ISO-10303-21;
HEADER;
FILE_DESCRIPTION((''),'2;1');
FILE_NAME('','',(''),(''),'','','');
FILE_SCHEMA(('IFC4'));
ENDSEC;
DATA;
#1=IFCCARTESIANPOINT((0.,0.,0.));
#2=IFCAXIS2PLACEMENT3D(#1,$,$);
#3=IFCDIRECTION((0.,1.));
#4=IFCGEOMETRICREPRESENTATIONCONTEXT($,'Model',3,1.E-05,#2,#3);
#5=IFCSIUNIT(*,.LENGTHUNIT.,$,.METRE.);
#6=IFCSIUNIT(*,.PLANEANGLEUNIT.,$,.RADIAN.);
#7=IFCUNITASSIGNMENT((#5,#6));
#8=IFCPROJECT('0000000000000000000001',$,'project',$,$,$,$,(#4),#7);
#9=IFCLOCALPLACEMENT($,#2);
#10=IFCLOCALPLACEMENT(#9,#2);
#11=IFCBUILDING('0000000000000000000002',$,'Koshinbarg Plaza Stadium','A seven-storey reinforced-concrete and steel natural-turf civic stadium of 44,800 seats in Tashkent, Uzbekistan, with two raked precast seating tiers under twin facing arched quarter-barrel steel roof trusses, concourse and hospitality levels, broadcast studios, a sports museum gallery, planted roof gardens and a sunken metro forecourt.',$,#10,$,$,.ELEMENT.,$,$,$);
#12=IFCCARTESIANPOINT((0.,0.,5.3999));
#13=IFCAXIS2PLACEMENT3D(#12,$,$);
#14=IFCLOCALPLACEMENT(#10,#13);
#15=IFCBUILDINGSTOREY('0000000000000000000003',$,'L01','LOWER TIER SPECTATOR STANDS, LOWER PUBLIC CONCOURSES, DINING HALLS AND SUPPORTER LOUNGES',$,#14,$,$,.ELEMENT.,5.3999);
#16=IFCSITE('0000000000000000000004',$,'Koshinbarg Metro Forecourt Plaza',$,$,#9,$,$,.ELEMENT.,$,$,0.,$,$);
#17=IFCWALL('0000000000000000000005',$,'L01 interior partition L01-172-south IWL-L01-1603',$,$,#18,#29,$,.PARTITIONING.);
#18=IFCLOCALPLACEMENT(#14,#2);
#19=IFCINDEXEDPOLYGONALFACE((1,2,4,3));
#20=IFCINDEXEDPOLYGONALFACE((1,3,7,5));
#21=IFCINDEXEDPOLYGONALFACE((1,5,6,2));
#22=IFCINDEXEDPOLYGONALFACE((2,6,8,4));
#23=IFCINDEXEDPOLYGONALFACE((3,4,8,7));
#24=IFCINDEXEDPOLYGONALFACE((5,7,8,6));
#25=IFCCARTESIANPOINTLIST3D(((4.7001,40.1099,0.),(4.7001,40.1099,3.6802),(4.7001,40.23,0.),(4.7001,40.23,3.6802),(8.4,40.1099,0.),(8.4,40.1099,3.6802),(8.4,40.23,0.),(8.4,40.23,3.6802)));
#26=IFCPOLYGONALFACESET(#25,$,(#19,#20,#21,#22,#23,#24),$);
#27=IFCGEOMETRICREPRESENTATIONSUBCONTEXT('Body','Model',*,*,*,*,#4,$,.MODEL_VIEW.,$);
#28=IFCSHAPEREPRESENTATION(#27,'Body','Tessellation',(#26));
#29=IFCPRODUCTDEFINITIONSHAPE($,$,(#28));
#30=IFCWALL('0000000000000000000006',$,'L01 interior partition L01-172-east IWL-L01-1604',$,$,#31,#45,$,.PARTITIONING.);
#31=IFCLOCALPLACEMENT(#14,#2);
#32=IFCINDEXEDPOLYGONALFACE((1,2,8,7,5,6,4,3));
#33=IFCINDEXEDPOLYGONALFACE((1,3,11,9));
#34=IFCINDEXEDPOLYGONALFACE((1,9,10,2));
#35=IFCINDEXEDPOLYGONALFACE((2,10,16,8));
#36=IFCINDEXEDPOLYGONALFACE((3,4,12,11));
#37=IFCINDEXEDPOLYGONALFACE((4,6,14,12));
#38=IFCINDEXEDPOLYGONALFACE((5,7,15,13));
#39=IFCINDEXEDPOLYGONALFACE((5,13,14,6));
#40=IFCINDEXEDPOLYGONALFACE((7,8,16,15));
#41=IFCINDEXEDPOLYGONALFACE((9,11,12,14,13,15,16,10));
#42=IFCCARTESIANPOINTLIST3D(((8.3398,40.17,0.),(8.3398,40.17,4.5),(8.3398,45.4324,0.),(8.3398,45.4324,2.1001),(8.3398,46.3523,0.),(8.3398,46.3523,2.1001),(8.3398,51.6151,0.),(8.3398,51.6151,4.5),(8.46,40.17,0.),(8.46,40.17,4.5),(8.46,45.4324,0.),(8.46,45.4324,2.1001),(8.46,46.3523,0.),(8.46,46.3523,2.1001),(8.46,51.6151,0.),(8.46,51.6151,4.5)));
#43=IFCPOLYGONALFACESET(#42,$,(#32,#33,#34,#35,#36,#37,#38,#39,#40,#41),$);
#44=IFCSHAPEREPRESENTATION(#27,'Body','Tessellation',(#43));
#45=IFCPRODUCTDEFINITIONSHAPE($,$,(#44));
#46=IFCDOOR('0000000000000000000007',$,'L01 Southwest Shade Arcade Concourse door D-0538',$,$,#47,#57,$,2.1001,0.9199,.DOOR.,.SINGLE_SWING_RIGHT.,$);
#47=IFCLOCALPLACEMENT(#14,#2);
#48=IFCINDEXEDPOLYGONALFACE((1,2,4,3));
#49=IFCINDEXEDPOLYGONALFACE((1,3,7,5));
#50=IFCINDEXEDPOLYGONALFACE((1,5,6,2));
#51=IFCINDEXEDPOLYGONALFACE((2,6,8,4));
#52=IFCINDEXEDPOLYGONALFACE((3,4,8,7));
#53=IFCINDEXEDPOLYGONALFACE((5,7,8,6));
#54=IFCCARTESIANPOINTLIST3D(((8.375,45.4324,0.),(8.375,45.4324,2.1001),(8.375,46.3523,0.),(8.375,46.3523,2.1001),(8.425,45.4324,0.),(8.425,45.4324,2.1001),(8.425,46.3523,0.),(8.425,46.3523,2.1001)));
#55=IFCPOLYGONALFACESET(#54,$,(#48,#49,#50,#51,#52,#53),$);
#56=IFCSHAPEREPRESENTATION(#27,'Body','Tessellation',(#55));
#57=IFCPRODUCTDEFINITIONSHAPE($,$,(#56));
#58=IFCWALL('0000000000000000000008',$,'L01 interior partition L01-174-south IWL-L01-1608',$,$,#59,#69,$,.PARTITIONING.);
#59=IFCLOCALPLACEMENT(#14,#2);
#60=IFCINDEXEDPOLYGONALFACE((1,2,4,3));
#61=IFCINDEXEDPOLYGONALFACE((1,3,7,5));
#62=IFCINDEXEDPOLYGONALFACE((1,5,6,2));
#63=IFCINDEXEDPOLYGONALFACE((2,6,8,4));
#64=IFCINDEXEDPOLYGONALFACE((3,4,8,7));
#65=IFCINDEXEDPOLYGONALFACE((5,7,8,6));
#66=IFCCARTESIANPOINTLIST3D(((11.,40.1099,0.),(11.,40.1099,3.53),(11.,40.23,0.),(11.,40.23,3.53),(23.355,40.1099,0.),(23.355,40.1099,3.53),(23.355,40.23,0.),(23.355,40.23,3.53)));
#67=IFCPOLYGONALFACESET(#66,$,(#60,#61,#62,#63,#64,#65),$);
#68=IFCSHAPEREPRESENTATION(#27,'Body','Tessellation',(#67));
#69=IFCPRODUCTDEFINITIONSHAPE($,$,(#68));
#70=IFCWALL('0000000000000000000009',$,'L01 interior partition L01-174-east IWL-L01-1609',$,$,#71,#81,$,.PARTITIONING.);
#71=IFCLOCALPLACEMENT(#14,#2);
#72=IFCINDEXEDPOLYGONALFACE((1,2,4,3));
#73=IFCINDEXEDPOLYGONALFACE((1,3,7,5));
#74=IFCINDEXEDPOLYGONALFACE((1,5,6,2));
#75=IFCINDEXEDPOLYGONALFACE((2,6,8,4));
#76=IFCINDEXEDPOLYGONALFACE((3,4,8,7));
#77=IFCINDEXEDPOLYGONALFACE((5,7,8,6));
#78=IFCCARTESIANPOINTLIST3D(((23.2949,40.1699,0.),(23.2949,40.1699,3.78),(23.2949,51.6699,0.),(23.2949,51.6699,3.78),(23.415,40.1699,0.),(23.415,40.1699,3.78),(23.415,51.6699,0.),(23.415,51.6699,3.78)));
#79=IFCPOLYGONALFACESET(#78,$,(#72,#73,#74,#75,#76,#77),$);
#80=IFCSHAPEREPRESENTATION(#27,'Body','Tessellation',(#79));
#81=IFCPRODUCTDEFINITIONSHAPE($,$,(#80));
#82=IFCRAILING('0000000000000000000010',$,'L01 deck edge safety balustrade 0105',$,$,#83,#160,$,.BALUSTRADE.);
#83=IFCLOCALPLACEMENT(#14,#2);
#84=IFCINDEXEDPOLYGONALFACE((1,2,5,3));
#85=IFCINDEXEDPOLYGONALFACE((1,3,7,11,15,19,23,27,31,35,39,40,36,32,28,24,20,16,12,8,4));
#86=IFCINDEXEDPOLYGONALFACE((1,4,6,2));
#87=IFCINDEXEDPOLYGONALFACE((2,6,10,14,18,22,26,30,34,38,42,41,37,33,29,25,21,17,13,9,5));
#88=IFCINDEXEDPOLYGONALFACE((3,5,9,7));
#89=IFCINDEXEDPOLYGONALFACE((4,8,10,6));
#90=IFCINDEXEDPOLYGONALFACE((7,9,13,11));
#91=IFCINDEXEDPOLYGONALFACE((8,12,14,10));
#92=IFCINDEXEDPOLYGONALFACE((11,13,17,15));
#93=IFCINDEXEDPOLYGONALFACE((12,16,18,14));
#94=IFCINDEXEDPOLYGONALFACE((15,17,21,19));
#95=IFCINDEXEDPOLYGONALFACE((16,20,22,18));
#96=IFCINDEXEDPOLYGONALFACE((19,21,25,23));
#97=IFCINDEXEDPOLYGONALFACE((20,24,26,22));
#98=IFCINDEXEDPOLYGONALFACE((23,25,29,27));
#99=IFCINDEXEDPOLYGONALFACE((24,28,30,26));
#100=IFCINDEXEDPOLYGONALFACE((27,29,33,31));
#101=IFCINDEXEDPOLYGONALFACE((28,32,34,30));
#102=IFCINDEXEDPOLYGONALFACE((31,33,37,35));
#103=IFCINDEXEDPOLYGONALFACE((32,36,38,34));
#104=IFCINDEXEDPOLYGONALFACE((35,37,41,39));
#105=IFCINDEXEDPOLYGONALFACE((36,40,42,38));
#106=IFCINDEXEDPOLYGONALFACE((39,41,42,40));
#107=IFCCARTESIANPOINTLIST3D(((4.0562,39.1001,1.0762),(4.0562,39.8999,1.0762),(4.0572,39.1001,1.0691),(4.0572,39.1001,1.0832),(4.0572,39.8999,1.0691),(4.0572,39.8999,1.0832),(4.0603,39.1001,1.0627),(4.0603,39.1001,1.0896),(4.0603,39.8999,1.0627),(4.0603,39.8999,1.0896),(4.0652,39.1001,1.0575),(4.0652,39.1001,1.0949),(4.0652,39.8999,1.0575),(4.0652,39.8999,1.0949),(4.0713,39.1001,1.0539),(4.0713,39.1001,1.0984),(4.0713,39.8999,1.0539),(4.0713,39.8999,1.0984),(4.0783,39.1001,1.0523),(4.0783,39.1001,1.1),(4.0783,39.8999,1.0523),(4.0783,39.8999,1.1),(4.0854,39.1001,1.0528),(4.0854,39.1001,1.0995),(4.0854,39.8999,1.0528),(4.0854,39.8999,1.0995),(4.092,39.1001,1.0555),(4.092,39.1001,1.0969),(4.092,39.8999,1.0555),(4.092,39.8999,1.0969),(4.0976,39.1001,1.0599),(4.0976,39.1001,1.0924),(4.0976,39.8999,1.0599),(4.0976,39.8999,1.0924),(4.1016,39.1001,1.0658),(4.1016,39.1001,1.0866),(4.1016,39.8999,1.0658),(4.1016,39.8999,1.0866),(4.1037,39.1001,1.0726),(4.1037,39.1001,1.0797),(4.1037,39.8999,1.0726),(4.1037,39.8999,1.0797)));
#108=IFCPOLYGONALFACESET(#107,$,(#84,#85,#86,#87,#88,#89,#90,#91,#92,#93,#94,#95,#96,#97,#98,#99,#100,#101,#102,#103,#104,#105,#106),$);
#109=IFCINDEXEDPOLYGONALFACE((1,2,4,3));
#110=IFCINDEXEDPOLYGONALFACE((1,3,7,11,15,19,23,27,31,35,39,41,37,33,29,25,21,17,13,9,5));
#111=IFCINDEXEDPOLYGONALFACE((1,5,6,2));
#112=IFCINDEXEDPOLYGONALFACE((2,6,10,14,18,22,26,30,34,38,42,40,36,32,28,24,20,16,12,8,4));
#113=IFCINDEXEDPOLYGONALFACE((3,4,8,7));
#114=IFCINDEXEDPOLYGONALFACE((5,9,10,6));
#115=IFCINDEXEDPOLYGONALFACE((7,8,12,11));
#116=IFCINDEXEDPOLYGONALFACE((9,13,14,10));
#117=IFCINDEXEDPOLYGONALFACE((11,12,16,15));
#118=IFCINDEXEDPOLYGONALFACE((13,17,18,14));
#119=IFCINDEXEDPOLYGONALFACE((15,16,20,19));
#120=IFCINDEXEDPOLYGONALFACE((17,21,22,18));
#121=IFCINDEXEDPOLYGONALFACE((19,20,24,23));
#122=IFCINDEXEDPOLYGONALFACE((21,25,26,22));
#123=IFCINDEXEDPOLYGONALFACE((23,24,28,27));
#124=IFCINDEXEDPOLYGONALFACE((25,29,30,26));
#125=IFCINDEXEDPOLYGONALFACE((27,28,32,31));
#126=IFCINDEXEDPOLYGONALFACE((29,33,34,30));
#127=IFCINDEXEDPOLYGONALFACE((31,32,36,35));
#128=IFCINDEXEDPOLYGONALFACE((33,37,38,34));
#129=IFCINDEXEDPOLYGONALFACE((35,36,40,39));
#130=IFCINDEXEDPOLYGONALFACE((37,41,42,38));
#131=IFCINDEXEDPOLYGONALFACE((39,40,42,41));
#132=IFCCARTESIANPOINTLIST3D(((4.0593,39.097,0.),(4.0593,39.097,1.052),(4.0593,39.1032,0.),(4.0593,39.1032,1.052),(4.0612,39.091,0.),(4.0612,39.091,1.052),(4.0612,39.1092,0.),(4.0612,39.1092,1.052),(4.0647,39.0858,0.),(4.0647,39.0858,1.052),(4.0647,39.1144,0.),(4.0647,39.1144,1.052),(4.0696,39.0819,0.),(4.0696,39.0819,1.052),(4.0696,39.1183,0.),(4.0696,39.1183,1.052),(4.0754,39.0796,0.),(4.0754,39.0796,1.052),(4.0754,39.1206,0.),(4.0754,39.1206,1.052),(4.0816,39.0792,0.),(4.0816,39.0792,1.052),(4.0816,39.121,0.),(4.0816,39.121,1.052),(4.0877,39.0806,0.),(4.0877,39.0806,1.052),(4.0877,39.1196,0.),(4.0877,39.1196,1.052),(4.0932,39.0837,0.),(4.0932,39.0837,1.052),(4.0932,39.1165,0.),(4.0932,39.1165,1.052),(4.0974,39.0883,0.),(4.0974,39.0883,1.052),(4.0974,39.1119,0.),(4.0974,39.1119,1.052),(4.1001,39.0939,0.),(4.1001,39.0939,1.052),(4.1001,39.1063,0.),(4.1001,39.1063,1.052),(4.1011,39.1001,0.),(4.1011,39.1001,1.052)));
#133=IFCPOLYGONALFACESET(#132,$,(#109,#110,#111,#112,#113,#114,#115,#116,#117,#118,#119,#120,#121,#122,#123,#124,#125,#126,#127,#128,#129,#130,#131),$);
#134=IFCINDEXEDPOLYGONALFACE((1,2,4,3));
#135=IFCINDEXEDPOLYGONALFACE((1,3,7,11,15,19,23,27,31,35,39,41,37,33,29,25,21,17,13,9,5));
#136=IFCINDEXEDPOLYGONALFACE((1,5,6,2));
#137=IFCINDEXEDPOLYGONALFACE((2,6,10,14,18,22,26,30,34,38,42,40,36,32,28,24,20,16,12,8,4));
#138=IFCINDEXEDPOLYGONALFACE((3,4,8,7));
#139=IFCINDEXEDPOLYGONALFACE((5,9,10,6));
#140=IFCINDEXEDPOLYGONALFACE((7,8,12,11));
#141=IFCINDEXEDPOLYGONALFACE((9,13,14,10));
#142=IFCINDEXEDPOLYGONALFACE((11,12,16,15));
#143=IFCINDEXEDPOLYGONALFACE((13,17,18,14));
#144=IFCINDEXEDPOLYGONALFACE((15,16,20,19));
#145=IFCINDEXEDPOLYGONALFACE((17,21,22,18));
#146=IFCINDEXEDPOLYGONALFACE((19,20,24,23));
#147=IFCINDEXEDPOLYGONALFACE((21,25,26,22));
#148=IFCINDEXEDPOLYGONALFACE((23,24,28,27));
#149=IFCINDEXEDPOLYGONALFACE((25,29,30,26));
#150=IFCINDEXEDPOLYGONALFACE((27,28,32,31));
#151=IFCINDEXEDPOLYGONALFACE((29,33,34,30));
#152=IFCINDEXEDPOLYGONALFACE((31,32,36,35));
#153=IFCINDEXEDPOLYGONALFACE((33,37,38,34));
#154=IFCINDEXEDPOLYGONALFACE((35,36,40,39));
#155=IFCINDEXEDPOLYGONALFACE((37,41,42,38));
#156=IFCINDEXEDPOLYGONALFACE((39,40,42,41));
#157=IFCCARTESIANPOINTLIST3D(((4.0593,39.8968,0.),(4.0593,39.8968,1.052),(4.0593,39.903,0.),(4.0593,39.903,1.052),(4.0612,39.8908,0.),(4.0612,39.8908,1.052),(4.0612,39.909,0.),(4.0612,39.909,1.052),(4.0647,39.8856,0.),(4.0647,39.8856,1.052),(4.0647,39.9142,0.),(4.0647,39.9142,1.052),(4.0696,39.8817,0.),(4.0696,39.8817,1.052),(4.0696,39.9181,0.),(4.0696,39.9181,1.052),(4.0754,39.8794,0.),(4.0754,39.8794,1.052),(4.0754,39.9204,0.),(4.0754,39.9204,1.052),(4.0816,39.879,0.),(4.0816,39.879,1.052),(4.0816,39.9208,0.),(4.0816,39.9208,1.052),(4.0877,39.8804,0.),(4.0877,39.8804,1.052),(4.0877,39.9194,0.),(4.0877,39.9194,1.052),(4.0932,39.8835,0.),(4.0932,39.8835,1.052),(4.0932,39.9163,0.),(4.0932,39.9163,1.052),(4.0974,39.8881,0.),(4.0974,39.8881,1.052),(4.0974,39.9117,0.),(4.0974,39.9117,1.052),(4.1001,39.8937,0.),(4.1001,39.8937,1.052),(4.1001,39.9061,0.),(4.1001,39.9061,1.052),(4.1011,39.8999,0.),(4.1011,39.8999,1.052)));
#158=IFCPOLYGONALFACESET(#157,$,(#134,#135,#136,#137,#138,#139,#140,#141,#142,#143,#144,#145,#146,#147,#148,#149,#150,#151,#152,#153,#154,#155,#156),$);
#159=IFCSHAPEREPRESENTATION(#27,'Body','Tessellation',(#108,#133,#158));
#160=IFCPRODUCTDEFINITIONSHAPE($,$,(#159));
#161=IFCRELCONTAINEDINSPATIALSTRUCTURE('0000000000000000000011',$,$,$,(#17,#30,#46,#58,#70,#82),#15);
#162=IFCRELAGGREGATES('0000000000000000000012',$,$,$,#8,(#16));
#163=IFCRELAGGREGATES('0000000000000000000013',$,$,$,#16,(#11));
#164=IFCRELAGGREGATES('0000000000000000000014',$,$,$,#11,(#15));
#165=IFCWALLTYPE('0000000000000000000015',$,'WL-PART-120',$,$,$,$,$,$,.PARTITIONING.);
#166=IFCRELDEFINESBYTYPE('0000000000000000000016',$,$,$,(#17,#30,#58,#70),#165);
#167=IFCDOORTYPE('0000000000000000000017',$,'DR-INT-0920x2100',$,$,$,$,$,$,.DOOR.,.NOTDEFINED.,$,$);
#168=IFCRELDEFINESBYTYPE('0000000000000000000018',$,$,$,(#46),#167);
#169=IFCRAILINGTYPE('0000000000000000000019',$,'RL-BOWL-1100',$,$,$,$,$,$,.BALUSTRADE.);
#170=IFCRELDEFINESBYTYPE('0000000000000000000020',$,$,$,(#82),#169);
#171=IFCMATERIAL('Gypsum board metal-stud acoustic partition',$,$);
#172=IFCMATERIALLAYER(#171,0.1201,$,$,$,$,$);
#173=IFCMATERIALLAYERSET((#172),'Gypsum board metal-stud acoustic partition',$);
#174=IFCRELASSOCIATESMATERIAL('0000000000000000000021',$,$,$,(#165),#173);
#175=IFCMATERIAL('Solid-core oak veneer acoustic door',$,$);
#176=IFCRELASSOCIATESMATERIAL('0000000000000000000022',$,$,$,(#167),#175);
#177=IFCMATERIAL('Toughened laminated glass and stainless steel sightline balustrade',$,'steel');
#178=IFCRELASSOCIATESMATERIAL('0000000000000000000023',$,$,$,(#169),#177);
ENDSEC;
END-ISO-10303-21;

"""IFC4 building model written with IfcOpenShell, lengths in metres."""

from ifc_helpers import new_model, si_unit, direction, frame, frame_2d, origin, origin_2d, place, context, subcontext, project, spatial, rectangle, circle, extrude, material, layer, layer_set, type_object, element, fill, save


model = new_model("IFC4")

# Units and contexts
model_context = context("Model", 3, precision=1e-05, world=origin(), true_north=direction((0.0, 1.0)))
body_context = subcontext(model_context, "Body", "Model", "MODEL_VIEW")
ifc_project = project(units=[si_unit("LENGTHUNIT", "METRE"), si_unit("PLANEANGLEUNIT", "RADIAN")], contexts=[model_context])

# Site, building, storey
site_placement = place(None, origin())
site = spatial("IfcSite", under=ifc_project, at=site_placement, Name="Koshinbarg Metro Forecourt Plaza", CompositionType="ELEMENT", RefElevation=0.0)
building_placement = place(site_placement, origin())
building = spatial("IfcBuilding", under=site, at=building_placement, Name="Koshinbarg Plaza Stadium", Description="A seven-storey reinforced-concrete and steel natural-turf civic stadium of 44,800 seats in Tashkent, Uzbekistan, with two raked precast seating tiers under twin facing arched quarter-barrel steel roof trusses, concourse and hospitality levels, broadcast studios, a sports museum gallery, planted roof gardens and a sunken metro forecourt.", CompositionType="ELEMENT")
storey_placement = place(building_placement, frame((0.0, 0.0, 5.3999)))
storey = spatial("IfcBuildingStorey", under=building, at=storey_placement, Name="L01", Description="LOWER TIER SPECTATOR STANDS, LOWER PUBLIC CONCOURSES, DINING HALLS AND SUPPORTER LOUNGES", CompositionType="ELEMENT", Elevation=5.3999)

# Shared definitions
ifc_material_1 = material(Name="Gypsum board metal-stud acoustic partition")
ifc_layer = layer(ifc_material_1, 0.1201)
ifc_layer_set = layer_set([ifc_layer], Name="Gypsum board metal-stud acoustic partition")
wall_type = type_object("IfcWallType", Name="WL-PART-120", PredefinedType="PARTITIONING", material=ifc_layer_set)

# Wall
wall_1_placement = place(storey_placement, frame((4.7, 40.1699, 0.0), z_axis=(0.0, 0.0, 1.0), x_axis=(1.0, 0.0, 0.0)))
element("IfcWall", 1, at=wall_1_placement, inside=storey, type_object=wall_type, Name="L01 interior partition L01-172-south IWL-L01-1603", PredefinedType="PARTITIONING", context=body_context, shape_type="SweptSolid", body=[
    extrude(rectangle(XDim=3.7, YDim=0.1201, at=frame_2d((1.8501, 0.0))), origin(), (0.0, 0.0, 1.0), 3.6802),
])

# Wall, opening, door
wall_2_placement = place(storey_placement, frame((8.3999, 40.1699, 0.0), z_axis=(0.0, 0.0, 1.0), x_axis=(0.0, 1.0, 0.0)))
wall_2 = element("IfcWall", 2, at=wall_2_placement, inside=storey, type_object=wall_type, Name="L01 interior partition L01-172-east IWL-L01-1604", PredefinedType="PARTITIONING", context=body_context, shape_type="SweptSolid", body=[
    extrude(rectangle(XDim=11.4451, YDim=0.1201, at=frame_2d((5.7227, 0.0))), origin(), (0.0, 0.0, 1.0), 4.5),
])
opening_1_placement = place(wall_2_placement, frame((5.2625, 0.0, 0.0)))
opening_1 = element("IfcOpeningElement", 3, at=opening_1_placement, cuts=wall_2, PredefinedType="OPENING", context=body_context, shape_type="SweptSolid", body=[
    extrude(rectangle(XDim=0.9199, YDim=2.1001, at=frame_2d((0.46, 1.05))), frame((0.0, 0.0701, 0.0), z_axis=(0.0, -1.0, 0.0), x_axis=(1.0, 0.0, 0.0)), (0.0, 0.0, 1.0), 0.1401),
])
ifc_material_2 = material(Name="Solid-core oak veneer acoustic door")
door_type_1 = type_object("IfcDoorType", Name="DR-INT-0920x2100", OperationType="NOTDEFINED", PredefinedType="DOOR", material=ifc_material_2)
door_1_placement = place(opening_1_placement, origin())
door_1 = element("IfcDoor", 4, at=door_1_placement, inside=storey, type_object=door_type_1, Name="L01 Southwest Shade Arcade Concourse door D-0538", OperationType="SINGLE_SWING_RIGHT", OverallHeight=2.1001, OverallWidth=0.9199, PredefinedType="DOOR", context=body_context, shape_type="SweptSolid", body=[
    extrude(rectangle(XDim=0.9199, YDim=2.1001, at=frame_2d((0.46, 1.05))), frame((0.0, 0.0249, 0.0), z_axis=(0.0, -1.0, 0.0), x_axis=(1.0, 0.0, 0.0)), (0.0, 0.0, 1.0), 0.05),
])
fill(opening_1, door_1)

# Walls
wall_3_placement = place(storey_placement, frame((11.0, 40.1699, 0.0), z_axis=(0.0, 0.0, 1.0), x_axis=(1.0, 0.0, 0.0)))
element("IfcWall", 5, at=wall_3_placement, inside=storey, type_object=wall_type, Name="L01 interior partition L01-174-south IWL-L01-1608", PredefinedType="PARTITIONING", context=body_context, shape_type="SweptSolid", body=[
    extrude(rectangle(XDim=12.355, YDim=0.1201, at=frame_2d((6.1775, 0.0))), origin(), (0.0, 0.0, 1.0), 3.53),
])
wall_4_placement = place(storey_placement, frame((23.355, 40.1699, 0.0), z_axis=(0.0, 0.0, 1.0), x_axis=(0.0, 1.0, 0.0)))
element("IfcWall", 6, at=wall_4_placement, inside=storey, type_object=wall_type, Name="L01 interior partition L01-174-east IWL-L01-1609", PredefinedType="PARTITIONING", context=body_context, shape_type="SweptSolid", body=[
    extrude(rectangle(XDim=11.5, YDim=0.1201, at=frame_2d((5.75, 0.0))), origin(), (0.0, 0.0, 1.0), 3.78),
])

# Railing
ifc_material_3 = material(Name="Toughened laminated glass and stainless steel sightline balustrade", Category="steel")
railing_type = type_object("IfcRailingType", Name="RL-BOWL-1100", PredefinedType="BALUSTRADE", material=ifc_material_3)
railing_1_placement = place(storey_placement, frame((4.0801, 39.1001, 0.0)))
element("IfcRailing", 7, at=railing_1_placement, inside=storey, type_object=railing_type, Name="L01 deck edge safety balustrade 0105", PredefinedType="BALUSTRADE", context=body_context, shape_type="SweptSolid", body=[
    extrude(circle(Radius=0.0239, at=origin_2d()), frame((0.0, 0.0, 1.0762), z_axis=(0.0, 1.0, 0.0), x_axis=(-1.0, 0.0, 0.0)), (0.0, 0.0, 1.0), 0.7998),
    extrude(circle(Radius=0.021, at=origin_2d()), origin(), (0.0, 0.0, 1.0), 1.052),
    extrude(circle(Radius=0.021, at=origin_2d()), frame((0.0, 0.7998, 0.0)), (0.0, 0.0, 1.0), 1.052),
])

save(model, "model.ifc")
